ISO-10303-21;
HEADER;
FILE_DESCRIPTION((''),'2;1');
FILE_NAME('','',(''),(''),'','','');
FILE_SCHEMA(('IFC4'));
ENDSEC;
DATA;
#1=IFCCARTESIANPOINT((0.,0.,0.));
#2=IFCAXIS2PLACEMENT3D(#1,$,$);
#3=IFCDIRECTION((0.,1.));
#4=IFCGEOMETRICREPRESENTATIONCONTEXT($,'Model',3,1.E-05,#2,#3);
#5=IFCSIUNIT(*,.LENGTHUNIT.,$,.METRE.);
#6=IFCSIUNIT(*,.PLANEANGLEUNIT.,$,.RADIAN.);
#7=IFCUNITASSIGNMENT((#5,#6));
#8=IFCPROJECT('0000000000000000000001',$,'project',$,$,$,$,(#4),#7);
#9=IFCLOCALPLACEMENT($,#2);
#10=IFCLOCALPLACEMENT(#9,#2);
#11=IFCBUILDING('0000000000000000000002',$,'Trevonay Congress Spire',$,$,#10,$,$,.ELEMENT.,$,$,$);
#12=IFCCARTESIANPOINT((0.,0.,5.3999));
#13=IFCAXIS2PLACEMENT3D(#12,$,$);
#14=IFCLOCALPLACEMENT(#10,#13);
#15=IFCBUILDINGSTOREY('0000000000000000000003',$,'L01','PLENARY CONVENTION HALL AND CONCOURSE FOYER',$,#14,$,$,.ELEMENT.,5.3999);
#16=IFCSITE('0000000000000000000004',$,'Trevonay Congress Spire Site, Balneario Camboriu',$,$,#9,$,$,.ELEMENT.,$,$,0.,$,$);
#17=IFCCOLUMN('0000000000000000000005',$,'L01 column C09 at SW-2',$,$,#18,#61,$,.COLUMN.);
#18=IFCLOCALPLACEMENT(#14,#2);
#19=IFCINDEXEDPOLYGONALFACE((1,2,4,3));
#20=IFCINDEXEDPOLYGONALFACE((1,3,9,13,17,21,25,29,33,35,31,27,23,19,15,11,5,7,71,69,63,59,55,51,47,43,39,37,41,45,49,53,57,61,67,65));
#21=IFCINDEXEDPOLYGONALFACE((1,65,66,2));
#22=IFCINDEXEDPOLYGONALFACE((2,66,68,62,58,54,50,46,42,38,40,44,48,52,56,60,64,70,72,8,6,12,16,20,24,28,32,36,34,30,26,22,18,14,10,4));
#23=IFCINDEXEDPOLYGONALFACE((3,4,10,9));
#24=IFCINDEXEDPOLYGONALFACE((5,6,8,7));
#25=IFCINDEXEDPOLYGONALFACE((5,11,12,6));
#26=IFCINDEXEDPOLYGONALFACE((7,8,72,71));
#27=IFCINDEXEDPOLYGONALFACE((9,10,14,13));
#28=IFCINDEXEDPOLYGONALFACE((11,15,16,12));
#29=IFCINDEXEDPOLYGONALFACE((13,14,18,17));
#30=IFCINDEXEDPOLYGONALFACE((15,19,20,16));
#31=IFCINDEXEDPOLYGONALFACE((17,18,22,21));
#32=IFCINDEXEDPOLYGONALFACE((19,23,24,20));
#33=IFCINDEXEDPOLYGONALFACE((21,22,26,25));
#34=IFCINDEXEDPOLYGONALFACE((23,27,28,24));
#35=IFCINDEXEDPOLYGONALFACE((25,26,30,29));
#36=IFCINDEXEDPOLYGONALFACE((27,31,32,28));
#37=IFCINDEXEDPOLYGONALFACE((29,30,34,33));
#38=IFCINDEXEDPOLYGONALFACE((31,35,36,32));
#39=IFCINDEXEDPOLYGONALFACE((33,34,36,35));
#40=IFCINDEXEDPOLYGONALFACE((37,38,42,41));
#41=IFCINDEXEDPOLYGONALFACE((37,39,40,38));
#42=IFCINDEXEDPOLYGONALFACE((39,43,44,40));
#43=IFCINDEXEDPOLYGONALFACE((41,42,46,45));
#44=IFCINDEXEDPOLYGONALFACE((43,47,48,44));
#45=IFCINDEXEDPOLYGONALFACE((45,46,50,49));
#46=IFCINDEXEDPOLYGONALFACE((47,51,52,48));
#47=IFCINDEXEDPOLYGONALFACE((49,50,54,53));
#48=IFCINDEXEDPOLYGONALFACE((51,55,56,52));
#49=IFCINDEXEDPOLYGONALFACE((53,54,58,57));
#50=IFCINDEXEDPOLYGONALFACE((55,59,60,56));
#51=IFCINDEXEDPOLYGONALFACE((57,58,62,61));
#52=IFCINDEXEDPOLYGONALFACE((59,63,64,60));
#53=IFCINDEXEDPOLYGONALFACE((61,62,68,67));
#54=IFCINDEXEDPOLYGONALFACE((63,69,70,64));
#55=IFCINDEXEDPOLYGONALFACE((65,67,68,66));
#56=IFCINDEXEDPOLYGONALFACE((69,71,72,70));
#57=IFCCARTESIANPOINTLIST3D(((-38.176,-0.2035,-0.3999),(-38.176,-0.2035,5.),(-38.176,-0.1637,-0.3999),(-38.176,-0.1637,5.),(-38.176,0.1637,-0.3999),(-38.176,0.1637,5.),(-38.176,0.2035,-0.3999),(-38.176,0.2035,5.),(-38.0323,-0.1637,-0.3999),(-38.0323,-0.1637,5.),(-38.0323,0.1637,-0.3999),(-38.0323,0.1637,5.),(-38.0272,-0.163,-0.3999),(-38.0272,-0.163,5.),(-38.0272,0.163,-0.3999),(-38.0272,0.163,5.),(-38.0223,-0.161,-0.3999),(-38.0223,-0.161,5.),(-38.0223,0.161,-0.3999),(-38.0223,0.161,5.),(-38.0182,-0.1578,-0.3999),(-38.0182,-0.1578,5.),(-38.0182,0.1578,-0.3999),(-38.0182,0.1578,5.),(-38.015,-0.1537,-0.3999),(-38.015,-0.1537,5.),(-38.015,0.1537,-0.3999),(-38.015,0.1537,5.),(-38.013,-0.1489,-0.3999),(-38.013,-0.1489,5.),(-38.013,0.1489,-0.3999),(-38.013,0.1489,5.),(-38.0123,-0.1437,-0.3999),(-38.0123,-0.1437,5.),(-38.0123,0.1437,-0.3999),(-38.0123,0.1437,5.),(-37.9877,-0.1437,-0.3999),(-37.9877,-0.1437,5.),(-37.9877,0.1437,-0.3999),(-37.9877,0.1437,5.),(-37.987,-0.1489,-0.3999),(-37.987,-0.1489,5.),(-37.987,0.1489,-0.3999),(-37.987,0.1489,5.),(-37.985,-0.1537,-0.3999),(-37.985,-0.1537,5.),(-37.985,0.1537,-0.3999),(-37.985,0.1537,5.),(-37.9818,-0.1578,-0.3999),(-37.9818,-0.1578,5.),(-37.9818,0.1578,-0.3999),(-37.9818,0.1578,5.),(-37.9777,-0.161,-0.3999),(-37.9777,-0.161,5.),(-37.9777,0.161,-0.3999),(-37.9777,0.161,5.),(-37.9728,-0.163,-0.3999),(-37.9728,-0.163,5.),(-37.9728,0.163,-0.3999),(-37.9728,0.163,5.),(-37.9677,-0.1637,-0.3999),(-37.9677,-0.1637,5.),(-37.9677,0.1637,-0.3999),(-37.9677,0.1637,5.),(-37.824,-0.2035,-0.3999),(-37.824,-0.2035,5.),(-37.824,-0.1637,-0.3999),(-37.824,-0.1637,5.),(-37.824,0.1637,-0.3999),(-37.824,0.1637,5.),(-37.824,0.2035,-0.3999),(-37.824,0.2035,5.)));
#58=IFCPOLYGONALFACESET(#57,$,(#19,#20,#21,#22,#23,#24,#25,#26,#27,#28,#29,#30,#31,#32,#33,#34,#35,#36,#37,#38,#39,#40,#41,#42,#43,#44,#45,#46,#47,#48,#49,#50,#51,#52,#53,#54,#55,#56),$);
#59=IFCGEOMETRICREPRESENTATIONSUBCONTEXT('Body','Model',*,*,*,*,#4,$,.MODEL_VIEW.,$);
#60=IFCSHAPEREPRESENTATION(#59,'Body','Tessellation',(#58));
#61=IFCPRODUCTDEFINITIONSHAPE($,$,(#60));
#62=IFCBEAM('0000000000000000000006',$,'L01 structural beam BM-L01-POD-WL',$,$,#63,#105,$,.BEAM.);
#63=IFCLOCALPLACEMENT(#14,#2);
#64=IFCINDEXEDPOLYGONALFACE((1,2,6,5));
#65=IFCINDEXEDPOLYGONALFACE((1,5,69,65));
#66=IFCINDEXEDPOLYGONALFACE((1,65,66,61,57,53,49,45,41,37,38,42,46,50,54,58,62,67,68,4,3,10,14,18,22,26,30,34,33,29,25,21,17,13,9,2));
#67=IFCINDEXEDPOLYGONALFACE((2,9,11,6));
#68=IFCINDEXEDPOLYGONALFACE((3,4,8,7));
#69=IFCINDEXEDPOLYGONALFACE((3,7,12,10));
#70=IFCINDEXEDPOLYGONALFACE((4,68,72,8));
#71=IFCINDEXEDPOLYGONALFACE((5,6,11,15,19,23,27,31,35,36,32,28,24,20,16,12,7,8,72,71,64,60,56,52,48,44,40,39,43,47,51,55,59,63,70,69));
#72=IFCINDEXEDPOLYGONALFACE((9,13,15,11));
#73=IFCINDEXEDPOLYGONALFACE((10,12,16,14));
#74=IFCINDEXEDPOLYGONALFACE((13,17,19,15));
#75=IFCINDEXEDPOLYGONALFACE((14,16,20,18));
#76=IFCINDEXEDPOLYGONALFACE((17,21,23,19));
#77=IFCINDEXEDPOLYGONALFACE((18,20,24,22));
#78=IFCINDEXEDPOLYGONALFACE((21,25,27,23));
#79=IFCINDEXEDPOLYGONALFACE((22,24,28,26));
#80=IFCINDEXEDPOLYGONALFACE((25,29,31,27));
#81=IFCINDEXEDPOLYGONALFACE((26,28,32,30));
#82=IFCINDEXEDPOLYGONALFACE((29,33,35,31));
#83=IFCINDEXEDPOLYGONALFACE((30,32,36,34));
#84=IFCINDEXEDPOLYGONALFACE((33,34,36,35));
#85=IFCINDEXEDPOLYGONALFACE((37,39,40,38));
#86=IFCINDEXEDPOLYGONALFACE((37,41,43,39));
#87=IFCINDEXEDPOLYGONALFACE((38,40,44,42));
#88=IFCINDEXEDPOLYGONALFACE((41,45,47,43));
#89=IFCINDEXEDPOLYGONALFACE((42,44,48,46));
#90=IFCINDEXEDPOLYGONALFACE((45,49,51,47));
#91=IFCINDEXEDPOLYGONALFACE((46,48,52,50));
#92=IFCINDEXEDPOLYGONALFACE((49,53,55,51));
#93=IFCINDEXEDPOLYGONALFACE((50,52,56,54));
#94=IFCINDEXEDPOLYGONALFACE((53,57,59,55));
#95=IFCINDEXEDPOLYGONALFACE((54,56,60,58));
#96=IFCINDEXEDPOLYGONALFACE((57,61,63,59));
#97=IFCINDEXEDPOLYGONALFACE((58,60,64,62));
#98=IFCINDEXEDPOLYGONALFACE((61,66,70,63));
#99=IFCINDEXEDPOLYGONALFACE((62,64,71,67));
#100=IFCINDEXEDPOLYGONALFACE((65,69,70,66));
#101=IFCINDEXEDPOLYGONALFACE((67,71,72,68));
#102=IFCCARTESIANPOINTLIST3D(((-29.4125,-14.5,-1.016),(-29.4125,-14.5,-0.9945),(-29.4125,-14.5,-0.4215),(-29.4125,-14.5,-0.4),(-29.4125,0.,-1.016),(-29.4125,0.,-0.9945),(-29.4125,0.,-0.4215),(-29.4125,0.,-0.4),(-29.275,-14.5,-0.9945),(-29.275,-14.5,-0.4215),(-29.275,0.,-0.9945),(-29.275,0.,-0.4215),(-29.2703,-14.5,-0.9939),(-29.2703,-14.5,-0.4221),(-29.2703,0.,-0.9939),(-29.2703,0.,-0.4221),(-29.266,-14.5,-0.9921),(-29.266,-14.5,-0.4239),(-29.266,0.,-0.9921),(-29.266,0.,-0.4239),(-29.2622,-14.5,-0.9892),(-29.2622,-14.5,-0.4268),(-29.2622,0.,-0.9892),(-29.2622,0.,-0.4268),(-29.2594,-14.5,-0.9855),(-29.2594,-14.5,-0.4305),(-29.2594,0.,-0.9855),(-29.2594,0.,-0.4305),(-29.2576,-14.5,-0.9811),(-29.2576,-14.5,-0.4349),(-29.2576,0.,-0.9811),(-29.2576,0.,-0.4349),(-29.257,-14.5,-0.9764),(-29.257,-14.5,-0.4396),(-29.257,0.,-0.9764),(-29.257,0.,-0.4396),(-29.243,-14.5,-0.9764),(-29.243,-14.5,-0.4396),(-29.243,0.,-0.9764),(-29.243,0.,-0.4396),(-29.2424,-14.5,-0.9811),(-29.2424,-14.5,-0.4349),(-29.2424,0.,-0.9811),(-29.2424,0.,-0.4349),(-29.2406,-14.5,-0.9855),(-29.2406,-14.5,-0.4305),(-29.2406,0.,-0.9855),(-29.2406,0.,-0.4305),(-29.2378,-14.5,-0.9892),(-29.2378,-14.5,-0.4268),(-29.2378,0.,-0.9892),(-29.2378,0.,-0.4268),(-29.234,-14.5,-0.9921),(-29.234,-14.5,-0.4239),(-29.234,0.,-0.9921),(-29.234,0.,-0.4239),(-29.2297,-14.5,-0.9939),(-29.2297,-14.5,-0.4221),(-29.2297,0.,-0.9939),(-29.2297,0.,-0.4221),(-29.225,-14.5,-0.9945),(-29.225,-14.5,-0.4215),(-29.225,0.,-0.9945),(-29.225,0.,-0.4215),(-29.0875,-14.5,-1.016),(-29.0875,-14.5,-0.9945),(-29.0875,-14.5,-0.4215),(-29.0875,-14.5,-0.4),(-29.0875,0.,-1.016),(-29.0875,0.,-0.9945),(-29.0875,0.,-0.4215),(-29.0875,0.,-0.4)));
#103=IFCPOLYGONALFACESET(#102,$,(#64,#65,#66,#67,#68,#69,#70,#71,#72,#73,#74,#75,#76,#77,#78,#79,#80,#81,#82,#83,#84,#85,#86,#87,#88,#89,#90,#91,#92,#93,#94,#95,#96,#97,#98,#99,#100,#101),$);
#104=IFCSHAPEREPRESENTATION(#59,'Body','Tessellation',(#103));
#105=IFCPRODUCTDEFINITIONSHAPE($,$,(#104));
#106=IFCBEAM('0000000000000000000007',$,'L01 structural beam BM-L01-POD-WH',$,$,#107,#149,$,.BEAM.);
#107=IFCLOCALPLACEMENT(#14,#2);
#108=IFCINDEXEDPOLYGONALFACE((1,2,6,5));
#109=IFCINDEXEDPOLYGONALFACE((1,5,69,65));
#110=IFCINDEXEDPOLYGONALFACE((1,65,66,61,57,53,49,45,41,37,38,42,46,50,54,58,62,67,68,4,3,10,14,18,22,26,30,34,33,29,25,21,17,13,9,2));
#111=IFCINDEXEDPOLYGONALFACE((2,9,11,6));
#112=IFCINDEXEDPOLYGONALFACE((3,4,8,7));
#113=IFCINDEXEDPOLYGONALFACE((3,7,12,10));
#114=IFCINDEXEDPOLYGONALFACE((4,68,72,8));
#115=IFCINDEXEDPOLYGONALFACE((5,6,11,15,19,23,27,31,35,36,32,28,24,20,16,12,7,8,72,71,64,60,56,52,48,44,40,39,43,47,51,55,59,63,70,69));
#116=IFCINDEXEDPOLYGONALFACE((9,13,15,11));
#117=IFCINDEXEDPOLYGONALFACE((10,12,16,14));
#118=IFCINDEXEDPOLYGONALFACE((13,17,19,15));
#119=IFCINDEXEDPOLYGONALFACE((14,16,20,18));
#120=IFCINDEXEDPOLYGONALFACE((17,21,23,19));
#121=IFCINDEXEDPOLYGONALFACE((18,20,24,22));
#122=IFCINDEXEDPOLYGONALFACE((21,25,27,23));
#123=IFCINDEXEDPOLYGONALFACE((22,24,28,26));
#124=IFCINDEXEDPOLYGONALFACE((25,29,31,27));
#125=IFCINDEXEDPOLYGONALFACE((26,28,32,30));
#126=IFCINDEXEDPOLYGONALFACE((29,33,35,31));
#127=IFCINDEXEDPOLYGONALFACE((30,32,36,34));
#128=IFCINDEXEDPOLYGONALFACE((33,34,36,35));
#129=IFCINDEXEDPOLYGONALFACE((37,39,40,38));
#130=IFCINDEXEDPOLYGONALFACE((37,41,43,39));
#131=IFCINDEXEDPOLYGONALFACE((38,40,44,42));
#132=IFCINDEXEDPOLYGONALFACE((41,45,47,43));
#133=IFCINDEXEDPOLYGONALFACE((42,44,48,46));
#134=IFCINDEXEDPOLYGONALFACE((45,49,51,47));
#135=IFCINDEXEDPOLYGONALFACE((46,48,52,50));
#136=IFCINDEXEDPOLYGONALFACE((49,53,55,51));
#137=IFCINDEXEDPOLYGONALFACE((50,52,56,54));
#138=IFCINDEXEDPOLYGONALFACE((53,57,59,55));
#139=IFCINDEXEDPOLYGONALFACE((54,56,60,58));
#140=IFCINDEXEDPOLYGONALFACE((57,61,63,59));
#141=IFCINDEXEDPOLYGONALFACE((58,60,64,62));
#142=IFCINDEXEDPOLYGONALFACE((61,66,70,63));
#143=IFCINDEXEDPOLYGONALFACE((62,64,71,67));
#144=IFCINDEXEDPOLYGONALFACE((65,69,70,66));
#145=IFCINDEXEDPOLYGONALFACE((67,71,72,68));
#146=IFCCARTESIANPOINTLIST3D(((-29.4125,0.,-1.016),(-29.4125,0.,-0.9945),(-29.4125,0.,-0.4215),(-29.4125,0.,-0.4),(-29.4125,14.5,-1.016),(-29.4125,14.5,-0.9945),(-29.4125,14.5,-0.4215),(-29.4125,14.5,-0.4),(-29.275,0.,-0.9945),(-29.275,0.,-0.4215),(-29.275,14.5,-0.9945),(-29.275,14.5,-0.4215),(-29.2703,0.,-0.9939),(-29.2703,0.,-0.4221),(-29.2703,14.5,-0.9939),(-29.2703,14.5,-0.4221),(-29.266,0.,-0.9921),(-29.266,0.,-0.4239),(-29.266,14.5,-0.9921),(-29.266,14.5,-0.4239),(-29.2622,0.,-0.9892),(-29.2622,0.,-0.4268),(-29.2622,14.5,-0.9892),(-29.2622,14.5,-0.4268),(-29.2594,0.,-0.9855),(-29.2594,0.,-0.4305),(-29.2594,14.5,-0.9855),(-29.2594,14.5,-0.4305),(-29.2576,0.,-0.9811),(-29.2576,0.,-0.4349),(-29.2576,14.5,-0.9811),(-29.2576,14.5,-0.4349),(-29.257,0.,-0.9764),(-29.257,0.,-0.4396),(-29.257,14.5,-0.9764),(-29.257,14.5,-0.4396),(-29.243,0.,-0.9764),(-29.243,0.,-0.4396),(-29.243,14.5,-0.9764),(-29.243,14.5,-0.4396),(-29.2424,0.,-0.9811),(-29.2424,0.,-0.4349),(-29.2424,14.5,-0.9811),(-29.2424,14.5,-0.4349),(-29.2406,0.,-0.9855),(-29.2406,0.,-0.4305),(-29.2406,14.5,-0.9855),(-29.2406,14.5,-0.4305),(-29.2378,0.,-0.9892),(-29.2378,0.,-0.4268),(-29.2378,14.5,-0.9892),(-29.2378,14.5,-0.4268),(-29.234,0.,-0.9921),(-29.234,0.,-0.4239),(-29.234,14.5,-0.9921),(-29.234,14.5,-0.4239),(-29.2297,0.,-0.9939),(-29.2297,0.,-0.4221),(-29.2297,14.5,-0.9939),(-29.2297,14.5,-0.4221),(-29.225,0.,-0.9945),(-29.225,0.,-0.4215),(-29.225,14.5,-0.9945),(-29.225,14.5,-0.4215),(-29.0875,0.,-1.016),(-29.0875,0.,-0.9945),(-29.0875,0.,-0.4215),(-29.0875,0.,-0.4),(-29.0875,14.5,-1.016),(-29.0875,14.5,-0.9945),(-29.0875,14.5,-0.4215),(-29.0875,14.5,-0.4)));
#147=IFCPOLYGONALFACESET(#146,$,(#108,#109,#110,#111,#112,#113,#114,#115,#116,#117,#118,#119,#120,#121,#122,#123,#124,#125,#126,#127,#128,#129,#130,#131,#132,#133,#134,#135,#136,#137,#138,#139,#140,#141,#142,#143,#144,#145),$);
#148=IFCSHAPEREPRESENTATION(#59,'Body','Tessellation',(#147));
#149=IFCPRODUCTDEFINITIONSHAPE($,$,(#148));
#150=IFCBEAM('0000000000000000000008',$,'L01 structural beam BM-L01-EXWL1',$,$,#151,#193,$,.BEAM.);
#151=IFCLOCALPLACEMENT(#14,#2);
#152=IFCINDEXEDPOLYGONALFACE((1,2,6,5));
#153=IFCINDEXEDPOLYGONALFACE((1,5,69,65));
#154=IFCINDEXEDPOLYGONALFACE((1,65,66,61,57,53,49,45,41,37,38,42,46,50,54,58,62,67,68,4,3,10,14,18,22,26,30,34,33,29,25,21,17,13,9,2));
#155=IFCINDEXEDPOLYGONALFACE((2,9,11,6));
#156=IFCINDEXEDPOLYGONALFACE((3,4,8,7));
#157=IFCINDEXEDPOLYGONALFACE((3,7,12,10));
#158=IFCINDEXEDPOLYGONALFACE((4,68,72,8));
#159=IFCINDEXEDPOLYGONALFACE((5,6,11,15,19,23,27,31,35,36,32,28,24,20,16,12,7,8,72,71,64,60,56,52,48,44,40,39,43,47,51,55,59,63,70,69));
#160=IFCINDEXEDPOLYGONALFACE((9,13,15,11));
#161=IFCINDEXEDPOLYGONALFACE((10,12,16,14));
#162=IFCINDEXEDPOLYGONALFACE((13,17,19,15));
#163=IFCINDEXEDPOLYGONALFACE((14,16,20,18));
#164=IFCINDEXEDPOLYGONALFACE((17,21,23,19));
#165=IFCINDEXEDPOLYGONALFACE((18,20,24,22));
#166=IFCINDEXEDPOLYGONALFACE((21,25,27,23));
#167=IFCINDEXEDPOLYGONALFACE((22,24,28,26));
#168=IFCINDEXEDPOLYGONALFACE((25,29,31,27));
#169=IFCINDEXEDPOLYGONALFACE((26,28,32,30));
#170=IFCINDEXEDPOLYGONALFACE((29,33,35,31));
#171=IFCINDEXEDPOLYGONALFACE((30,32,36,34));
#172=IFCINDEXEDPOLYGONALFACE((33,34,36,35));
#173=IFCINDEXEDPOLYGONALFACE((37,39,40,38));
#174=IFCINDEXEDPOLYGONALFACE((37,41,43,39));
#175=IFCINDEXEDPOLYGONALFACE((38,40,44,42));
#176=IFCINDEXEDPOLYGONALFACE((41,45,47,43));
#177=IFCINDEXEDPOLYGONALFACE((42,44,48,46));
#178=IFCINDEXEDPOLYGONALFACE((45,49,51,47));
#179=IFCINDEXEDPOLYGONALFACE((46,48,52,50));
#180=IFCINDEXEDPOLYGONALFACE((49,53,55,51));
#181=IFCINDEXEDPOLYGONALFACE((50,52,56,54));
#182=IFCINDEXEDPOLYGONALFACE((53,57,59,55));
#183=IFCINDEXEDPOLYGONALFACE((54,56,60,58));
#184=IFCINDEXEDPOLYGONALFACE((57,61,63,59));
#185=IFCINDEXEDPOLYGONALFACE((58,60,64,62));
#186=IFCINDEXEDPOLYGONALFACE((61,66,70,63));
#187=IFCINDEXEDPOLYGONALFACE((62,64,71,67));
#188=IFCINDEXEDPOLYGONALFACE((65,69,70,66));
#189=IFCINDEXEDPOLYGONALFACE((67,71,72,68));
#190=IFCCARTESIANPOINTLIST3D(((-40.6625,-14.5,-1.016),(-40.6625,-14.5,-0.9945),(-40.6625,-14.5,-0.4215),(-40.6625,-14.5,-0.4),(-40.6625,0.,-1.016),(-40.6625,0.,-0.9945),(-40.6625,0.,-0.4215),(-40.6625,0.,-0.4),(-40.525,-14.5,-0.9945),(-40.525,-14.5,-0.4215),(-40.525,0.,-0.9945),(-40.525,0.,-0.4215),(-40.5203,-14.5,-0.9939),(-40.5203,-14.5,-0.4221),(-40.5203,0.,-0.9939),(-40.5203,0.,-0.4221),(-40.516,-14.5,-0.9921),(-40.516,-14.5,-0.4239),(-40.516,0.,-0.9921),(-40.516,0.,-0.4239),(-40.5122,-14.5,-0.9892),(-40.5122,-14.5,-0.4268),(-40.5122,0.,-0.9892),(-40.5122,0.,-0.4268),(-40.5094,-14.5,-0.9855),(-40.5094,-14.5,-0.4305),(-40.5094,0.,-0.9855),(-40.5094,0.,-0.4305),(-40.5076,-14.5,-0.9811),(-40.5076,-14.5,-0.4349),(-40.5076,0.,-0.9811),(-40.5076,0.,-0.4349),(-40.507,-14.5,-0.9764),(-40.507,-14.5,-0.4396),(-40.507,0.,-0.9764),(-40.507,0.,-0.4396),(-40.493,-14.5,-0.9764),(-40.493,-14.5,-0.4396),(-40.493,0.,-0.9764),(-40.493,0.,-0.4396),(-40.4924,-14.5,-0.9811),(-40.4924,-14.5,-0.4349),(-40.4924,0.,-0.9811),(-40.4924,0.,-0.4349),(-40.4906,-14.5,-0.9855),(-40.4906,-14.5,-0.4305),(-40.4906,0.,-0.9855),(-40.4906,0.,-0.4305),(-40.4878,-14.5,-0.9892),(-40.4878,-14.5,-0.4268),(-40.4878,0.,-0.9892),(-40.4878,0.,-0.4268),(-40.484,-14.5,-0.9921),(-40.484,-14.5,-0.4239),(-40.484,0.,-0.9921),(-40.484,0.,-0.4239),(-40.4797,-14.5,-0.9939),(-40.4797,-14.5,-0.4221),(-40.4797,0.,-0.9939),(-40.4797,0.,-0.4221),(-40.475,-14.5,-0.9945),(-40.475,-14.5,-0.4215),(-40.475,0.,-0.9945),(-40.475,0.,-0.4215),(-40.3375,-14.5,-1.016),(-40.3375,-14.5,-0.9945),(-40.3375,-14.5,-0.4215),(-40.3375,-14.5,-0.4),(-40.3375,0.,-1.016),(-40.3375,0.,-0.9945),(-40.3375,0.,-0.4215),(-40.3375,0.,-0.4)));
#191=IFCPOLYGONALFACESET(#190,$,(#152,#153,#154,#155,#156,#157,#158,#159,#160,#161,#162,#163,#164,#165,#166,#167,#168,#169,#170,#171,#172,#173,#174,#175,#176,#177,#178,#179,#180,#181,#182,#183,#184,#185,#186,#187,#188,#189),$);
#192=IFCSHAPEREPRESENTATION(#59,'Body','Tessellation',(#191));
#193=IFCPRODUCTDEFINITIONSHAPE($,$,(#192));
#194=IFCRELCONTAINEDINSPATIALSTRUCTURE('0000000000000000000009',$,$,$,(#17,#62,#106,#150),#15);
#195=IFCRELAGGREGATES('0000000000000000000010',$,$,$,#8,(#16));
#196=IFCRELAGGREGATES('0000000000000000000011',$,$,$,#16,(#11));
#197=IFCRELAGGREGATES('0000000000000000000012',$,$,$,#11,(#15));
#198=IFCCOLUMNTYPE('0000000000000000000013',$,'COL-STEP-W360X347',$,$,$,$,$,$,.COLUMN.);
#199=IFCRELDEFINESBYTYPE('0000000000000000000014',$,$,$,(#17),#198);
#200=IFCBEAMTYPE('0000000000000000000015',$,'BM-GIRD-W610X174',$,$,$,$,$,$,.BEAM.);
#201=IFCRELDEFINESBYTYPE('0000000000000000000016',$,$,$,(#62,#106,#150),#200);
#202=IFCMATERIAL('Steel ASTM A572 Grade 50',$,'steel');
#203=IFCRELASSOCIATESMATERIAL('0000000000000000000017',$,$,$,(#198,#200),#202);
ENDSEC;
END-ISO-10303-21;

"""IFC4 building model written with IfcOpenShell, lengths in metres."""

from ifc_helpers import new_model, si_unit, direction, frame, origin, origin_2d, place, context, subcontext, project, spatial, i_section, extrude, material, material_profile, profile_set, type_object, element, save


model = new_model("IFC4")

# Units and contexts
model_context = context("Model", 3, precision=1e-05, world=origin(), true_north=direction((0.0, 1.0)))
body_context = subcontext(model_context, "Body", "Model", "MODEL_VIEW")
ifc_project = project(units=[si_unit("LENGTHUNIT", "METRE"), si_unit("PLANEANGLEUNIT", "RADIAN")], contexts=[model_context])

# Site, building, storey
site_placement = place(None, origin())
site = spatial("IfcSite", under=ifc_project, at=site_placement, Name="Trevonay Congress Spire Site, Balneario Camboriu", CompositionType="ELEMENT", RefElevation=0.0)
building_placement = place(site_placement, origin())
building = spatial("IfcBuilding", under=site, at=building_placement, Name="Trevonay Congress Spire", CompositionType="ELEMENT")
storey_placement = place(building_placement, frame((0.0, 0.0, 5.3999)))
storey = spatial("IfcBuildingStorey", under=building, at=storey_placement, Name="L01", Description="PLENARY CONVENTION HALL AND CONCOURSE FOYER", CompositionType="ELEMENT", Elevation=5.3999)

# Column
ifc_material_1 = material(Name="Steel ASTM A572 Grade 50", Category="steel")
ifc_material_profile_1 = material_profile(ifc_material_1, i_section(OverallWidth=0.3521, OverallDepth=0.407, WebThickness=0.0247, FlangeThickness=0.0398, FilletRadius=0.02, at=origin_2d()), Name="W360x347")
ifc_profile_set_1 = profile_set([ifc_material_profile_1], Name="Steel ASTM A572 Grade 50")
column_type_1 = type_object("IfcColumnType", Name="COL-STEP-W360X347", PredefinedType="COLUMN", material=ifc_profile_set_1)
for number, where, z_axis, x_axis, name in (
    (1, (-38.0, 0.0, -0.3999), (0.0, 0.0, 1.0), (1.0, 0.0, 0.0), "L01 column C09 at SW-2"),
):
    element("IfcColumn", number, at=place(storey_placement, frame(where, z_axis=z_axis, x_axis=x_axis)), inside=storey, type_object=column_type_1, Name=name, PredefinedType="COLUMN", context=body_context, shape_type="SweptSolid", body=[
        extrude(i_section(OverallWidth=0.3521, OverallDepth=0.407, WebThickness=0.0247, FlangeThickness=0.0398, FilletRadius=0.02, at=origin_2d()), origin(), (0.0, 0.0, 1.0), 5.3999),
    ])

# Beams
ifc_material_profile_2 = material_profile(ifc_material_1, i_section(OverallWidth=0.325, OverallDepth=0.616, WebThickness=0.0139, FlangeThickness=0.0215, FilletRadius=0.0181, at=origin_2d()), Name="W610x174")
ifc_profile_set_2 = profile_set([ifc_material_profile_2], Name="Steel ASTM A572 Grade 50")
beam_type_1 = type_object("IfcBeamType", Name="BM-GIRD-W610X174", PredefinedType="BEAM", material=ifc_profile_set_2)
for number, where, z_axis, x_axis, name in (
    (2, (-29.25, -14.5, -0.708), (0.0, 1.0, 0.0), (-1.0, 0.0, 0.0), "L01 structural beam BM-L01-POD-WL"),
    (3, (-29.25, 0.0, -0.708), (0.0, 1.0, 0.0), (-1.0, 0.0, 0.0), "L01 structural beam BM-L01-POD-WH"),
    (4, (-40.5, -14.5, -0.708), (0.0, 1.0, 0.0), (-1.0, 0.0, 0.0), "L01 structural beam BM-L01-EXWL1"),
):
    element("IfcBeam", number, at=place(storey_placement, frame(where, z_axis=z_axis, x_axis=x_axis)), inside=storey, type_object=beam_type_1, Name=name, PredefinedType="BEAM", context=body_context, shape_type="SweptSolid", body=[
        extrude(i_section(OverallWidth=0.325, OverallDepth=0.616, WebThickness=0.0139, FlangeThickness=0.0215, FilletRadius=0.0181, at=origin_2d()), origin(), (0.0, 0.0, 1.0), 14.5),
    ])

save(model, "model.ifc")
